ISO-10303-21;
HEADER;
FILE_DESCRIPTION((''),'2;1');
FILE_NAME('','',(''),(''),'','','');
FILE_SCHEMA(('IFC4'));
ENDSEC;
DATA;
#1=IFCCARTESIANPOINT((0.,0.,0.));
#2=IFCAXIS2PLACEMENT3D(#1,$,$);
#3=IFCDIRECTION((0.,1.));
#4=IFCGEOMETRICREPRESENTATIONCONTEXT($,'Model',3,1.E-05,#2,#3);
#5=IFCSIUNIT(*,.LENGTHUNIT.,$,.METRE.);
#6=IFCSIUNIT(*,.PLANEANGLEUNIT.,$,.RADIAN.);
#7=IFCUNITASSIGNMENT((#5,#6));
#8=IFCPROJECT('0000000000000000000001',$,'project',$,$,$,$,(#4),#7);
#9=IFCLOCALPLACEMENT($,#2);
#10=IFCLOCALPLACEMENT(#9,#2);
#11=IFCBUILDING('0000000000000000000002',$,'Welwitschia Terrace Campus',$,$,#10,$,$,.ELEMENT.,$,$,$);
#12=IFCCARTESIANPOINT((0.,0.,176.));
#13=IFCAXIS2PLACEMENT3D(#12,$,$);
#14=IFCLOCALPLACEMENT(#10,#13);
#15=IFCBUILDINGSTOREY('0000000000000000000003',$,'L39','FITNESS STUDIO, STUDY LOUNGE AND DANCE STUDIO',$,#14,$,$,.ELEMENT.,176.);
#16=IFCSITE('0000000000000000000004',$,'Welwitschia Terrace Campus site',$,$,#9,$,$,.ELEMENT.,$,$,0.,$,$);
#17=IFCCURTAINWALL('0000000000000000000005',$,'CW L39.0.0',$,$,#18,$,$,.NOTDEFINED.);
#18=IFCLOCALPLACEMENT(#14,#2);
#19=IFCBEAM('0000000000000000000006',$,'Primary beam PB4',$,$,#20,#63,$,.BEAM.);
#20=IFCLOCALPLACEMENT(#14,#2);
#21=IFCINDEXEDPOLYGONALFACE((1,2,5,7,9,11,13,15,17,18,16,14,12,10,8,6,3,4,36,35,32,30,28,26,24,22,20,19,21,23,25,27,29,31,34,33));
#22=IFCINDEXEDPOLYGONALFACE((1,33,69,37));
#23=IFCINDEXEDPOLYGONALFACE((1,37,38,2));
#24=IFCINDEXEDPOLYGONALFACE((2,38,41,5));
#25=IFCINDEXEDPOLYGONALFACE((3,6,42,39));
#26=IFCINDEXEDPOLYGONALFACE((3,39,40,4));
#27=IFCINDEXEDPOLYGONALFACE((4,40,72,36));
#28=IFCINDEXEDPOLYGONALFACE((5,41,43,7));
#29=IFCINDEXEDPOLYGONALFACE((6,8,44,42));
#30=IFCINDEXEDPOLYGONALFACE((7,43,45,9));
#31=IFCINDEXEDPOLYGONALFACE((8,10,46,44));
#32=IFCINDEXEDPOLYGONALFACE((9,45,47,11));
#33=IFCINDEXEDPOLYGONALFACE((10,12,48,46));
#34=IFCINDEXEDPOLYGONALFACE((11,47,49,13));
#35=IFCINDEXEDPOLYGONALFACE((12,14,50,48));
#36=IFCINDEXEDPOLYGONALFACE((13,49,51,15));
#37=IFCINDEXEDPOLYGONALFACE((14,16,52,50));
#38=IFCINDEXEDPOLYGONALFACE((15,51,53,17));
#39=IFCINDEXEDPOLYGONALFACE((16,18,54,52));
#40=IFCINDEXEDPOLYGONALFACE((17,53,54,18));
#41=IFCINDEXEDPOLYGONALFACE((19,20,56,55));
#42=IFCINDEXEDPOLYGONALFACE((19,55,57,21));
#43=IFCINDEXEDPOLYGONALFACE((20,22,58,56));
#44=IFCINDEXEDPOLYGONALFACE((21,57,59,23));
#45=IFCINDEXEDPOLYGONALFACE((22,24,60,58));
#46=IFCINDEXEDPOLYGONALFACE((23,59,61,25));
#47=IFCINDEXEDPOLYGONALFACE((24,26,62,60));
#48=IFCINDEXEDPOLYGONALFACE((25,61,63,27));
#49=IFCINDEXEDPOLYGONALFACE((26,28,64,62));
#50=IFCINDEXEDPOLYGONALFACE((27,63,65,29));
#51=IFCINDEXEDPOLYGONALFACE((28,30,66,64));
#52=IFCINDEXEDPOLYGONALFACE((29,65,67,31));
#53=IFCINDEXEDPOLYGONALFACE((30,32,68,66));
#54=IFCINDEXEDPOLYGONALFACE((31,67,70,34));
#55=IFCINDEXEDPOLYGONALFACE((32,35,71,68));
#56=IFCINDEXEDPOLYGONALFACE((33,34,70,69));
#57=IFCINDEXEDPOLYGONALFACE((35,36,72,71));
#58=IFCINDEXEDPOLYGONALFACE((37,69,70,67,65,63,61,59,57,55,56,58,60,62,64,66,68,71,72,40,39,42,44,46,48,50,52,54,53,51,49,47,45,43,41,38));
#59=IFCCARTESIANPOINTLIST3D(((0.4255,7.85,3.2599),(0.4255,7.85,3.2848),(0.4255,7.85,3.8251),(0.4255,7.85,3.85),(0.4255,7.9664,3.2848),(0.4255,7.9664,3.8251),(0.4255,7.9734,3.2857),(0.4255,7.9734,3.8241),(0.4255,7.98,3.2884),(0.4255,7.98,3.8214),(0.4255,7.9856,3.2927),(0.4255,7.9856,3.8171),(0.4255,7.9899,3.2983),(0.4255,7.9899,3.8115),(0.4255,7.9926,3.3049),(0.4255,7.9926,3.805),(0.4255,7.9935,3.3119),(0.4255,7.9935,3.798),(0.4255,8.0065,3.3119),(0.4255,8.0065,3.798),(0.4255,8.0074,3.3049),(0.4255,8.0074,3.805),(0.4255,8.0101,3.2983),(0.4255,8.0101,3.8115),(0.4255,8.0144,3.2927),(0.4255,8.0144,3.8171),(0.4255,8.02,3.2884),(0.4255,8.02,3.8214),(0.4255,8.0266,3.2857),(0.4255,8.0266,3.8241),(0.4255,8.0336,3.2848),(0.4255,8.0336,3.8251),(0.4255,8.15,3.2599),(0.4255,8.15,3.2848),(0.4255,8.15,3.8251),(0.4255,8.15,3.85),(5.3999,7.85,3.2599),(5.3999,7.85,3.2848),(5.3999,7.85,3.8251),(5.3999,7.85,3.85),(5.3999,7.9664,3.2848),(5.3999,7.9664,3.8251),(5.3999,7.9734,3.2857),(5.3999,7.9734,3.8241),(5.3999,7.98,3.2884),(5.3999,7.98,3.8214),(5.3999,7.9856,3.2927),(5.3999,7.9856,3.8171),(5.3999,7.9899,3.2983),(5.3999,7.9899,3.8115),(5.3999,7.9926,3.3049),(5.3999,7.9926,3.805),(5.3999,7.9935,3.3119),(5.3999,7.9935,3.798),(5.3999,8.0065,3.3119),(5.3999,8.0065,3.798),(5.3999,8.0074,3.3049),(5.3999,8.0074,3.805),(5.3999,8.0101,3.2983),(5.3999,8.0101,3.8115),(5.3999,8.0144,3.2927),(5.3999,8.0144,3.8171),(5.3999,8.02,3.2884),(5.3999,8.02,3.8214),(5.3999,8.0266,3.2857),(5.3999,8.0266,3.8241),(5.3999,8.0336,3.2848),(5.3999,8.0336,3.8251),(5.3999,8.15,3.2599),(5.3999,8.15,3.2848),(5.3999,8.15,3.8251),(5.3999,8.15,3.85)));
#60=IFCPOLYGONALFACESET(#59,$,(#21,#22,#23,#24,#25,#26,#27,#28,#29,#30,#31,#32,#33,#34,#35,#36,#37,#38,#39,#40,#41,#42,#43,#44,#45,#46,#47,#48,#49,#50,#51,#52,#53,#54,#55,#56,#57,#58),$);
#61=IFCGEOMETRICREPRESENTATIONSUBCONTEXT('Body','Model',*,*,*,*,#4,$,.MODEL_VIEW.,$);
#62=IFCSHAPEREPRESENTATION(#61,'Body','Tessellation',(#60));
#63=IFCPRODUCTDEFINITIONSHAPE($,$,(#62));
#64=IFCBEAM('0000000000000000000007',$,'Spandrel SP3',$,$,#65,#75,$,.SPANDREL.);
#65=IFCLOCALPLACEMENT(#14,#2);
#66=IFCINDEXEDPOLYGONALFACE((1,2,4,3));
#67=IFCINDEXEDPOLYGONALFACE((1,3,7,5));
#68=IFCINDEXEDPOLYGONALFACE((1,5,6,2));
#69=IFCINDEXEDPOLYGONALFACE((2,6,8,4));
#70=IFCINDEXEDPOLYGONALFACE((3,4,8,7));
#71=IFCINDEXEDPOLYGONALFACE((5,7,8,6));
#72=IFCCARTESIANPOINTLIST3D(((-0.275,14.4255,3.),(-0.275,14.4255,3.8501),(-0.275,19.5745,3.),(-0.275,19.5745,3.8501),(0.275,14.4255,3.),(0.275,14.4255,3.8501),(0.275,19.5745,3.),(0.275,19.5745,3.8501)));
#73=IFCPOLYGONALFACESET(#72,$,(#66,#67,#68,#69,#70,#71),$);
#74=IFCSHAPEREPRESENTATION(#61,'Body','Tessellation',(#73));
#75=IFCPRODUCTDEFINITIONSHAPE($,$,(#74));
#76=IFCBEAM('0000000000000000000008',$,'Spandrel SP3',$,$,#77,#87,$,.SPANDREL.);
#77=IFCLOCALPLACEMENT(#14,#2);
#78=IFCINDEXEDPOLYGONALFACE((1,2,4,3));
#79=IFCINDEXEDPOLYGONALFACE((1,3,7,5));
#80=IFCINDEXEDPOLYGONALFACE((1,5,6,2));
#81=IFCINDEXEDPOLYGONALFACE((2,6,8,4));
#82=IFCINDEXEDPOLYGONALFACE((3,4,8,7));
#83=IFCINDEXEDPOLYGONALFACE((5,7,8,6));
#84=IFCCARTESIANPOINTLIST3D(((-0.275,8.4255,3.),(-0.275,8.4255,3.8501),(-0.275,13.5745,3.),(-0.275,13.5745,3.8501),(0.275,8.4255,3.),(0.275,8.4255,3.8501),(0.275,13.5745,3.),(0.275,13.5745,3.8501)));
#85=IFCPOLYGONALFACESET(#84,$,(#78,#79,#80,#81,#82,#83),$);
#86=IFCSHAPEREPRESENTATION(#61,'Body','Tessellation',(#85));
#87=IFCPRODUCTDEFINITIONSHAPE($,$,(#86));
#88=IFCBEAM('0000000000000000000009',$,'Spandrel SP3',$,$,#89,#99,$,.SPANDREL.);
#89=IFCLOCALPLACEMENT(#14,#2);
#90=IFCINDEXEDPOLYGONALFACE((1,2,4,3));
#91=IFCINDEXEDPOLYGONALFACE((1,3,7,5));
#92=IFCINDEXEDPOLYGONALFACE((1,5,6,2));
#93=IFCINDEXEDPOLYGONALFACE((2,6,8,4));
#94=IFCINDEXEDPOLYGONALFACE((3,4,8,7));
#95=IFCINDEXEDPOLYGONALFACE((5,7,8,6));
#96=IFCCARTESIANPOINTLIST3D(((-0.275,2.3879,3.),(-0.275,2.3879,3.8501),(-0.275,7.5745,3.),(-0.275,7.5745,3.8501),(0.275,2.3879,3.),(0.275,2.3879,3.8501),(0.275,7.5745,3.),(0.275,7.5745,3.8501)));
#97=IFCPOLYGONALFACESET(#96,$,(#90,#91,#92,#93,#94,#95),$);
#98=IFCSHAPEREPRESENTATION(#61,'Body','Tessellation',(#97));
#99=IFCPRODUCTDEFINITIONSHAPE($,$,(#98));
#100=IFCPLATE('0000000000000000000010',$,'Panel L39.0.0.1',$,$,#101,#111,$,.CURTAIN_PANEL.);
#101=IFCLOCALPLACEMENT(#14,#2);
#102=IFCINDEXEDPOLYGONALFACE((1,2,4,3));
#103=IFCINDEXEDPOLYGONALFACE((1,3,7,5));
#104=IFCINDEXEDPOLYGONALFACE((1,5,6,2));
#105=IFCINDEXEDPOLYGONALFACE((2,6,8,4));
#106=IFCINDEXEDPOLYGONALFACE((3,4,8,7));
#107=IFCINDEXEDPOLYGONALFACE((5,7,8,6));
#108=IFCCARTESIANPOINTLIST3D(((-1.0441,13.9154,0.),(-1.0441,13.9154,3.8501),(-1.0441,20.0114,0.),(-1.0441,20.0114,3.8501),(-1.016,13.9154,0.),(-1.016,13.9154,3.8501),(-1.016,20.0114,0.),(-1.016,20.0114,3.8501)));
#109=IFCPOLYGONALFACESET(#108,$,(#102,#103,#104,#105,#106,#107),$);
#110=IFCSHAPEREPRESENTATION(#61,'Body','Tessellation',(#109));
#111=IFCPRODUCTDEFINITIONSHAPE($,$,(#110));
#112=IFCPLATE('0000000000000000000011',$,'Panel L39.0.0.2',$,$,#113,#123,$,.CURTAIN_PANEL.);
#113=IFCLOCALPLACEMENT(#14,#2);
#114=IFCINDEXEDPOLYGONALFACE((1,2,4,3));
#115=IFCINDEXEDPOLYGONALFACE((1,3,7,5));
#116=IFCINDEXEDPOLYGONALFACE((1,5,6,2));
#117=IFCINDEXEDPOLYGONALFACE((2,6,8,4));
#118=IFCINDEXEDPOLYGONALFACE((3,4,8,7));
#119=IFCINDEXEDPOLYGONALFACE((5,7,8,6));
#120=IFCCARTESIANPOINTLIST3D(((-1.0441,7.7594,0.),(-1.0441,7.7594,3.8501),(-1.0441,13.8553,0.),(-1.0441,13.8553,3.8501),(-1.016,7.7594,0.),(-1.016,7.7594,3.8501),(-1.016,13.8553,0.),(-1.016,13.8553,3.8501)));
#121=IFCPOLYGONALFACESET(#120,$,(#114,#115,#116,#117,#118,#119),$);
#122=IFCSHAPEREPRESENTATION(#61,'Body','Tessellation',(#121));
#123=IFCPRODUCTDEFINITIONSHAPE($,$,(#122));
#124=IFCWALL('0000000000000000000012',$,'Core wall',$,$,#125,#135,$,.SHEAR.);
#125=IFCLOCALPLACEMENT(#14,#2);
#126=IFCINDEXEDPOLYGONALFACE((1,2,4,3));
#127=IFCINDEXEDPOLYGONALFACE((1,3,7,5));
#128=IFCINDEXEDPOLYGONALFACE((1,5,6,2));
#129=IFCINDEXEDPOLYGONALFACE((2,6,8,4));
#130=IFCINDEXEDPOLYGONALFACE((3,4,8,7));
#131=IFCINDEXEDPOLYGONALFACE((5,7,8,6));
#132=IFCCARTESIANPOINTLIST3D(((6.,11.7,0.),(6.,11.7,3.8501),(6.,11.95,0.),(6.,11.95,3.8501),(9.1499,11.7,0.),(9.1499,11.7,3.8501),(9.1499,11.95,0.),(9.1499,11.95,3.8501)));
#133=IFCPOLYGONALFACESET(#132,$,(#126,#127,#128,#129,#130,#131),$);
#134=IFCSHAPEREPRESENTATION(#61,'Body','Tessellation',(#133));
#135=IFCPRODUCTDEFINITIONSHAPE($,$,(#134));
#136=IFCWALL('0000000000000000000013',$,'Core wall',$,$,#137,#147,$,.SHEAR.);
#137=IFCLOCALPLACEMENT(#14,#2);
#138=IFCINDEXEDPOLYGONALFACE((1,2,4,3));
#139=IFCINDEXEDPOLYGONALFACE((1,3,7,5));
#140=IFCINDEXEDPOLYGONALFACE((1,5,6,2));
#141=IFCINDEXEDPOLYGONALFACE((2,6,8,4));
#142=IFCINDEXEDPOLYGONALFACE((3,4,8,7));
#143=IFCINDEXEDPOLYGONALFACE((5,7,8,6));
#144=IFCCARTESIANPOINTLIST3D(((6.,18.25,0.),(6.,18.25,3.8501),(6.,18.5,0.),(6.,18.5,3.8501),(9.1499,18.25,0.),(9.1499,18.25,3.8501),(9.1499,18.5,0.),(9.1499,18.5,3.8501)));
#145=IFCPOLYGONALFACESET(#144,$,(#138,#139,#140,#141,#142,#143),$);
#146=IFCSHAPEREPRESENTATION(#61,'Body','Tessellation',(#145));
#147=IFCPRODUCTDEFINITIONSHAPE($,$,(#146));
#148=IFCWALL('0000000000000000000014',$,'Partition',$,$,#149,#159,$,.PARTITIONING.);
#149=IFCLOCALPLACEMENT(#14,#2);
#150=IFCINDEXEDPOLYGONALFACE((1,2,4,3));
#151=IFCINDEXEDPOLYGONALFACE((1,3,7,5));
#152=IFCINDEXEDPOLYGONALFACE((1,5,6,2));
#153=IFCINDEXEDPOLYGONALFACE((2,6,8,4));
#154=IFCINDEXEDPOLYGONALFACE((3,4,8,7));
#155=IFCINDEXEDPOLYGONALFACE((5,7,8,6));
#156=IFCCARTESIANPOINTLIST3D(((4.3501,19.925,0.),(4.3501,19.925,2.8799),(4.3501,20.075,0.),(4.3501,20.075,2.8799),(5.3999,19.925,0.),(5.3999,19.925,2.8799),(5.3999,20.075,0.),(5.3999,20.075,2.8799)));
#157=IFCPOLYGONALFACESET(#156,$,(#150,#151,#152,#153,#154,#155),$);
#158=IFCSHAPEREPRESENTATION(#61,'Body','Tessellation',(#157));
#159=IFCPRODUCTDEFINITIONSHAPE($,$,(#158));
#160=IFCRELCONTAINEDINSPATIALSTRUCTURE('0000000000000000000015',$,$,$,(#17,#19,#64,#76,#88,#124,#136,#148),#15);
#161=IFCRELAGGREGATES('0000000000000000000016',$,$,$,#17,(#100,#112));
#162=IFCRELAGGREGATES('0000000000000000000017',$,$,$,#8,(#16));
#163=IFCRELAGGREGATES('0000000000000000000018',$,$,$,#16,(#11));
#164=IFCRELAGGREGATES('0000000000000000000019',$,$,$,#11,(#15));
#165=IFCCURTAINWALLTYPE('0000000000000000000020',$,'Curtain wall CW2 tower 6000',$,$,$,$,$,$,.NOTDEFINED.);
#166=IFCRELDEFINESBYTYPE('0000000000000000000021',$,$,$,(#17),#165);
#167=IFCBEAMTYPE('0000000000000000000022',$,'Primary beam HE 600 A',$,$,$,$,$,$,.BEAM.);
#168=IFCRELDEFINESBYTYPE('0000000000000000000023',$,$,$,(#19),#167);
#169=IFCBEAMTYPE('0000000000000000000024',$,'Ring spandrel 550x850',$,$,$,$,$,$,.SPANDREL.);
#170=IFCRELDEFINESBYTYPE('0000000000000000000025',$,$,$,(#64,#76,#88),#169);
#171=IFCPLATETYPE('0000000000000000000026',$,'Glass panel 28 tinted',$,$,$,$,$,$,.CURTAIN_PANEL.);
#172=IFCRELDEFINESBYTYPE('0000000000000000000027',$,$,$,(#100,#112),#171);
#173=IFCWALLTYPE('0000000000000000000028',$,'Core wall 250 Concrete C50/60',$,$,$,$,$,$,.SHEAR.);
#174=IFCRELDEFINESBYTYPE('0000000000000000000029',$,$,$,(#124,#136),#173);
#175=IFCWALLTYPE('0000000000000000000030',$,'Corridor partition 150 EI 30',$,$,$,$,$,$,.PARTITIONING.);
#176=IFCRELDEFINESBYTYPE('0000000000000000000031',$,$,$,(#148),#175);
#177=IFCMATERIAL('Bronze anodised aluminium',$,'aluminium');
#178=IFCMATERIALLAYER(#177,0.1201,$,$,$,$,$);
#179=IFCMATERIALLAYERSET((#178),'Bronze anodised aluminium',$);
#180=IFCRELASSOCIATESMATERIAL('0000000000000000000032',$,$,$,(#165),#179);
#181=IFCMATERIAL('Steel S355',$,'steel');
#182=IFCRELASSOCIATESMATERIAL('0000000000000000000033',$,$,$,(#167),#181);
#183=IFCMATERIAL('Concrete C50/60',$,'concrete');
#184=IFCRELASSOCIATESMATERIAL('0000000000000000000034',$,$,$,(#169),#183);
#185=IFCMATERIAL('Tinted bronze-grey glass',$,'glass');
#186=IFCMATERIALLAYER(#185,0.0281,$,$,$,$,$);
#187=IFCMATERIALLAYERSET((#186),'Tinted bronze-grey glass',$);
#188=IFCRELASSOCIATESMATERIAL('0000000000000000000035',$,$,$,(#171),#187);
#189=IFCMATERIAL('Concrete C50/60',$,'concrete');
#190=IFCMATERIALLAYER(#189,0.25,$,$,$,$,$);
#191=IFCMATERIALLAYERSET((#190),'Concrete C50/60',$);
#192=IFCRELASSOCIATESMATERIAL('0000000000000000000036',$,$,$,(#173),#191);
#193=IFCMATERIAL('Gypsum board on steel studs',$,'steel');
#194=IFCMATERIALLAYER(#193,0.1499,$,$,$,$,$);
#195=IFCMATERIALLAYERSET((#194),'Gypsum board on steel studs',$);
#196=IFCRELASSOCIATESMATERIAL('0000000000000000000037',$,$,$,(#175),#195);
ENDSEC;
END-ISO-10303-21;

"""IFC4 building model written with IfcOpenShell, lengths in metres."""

from ifc_helpers import new_model, si_unit, direction, frame, frame_2d, origin, origin_2d, place, context, subcontext, project, spatial, rectangle, i_section, extrude, material, layer, layer_set, material_profile, profile_set, type_object, element, aggregate, save


model = new_model("IFC4")

# Units and contexts
model_context = context("Model", 3, precision=1e-05, world=origin(), true_north=direction((0.0, 1.0)))
body_context = subcontext(model_context, "Body", "Model", "MODEL_VIEW")
ifc_project = project(units=[si_unit("LENGTHUNIT", "METRE"), si_unit("PLANEANGLEUNIT", "RADIAN")], contexts=[model_context])

# Site, building, storey
site_placement = place(None, origin())
site = spatial("IfcSite", under=ifc_project, at=site_placement, Name="Welwitschia Terrace Campus site", CompositionType="ELEMENT", RefElevation=0.0)
building_placement = place(site_placement, origin())
building = spatial("IfcBuilding", under=site, at=building_placement, Name="Welwitschia Terrace Campus", CompositionType="ELEMENT")
storey_placement = place(building_placement, frame((0.0, 0.0, 176.0)))
storey = spatial("IfcBuildingStorey", under=building, at=storey_placement, Name="L39", Description="FITNESS STUDIO, STUDY LOUNGE AND DANCE STUDIO", CompositionType="ELEMENT", Elevation=176.0)

# Curtain wall
ifc_material_1 = material(Name="Bronze anodised aluminium", Category="aluminium")
ifc_layer_1 = layer(ifc_material_1, 0.1201)
ifc_layer_set_1 = layer_set([ifc_layer_1], Name="Bronze anodised aluminium")
curtain_wall_type = type_object("IfcCurtainWallType", Name="Curtain wall CW2 tower 6000", PredefinedType="NOTDEFINED", material=ifc_layer_set_1)
curtain_wall_placement = place(storey_placement, origin())
curtain_wall = element("IfcCurtainWall", 1, at=curtain_wall_placement, inside=storey, type_object=curtain_wall_type, Name="CW L39.0.0", PredefinedType="NOTDEFINED")

# Beams
ifc_material_2 = material(Name="Steel S355", Category="steel")
ifc_material_profile_1 = material_profile(ifc_material_2, i_section(OverallWidth=0.3, OverallDepth=0.5901, WebThickness=0.0129, FlangeThickness=0.0249, FilletRadius=0.0271, at=origin_2d()))
ifc_profile_set_1 = profile_set([ifc_material_profile_1], Name="Steel S355")
beam_type_1 = type_object("IfcBeamType", Name="Primary beam HE 600 A", PredefinedType="BEAM", material=ifc_profile_set_1)
for number, where, z_axis, x_axis, name in (
    (2, (0.4255, 8.0, 3.5549), (1.0, 0.0, 0.0), (0.0, 1.0, 0.0), "Primary beam PB4"),
):
    element("IfcBeam", number, at=place(storey_placement, frame(where, z_axis=z_axis, x_axis=x_axis)), inside=storey, type_object=beam_type_1, Name=name, PredefinedType="BEAM", context=body_context, shape_type="SweptSolid", body=[
        extrude(i_section(OverallWidth=0.3, OverallDepth=0.5901, WebThickness=0.0129, FlangeThickness=0.0249, FilletRadius=0.0271, at=origin_2d()), origin(), (0.0, 0.0, 1.0), 4.9744),
    ])
ifc_material_3 = material(Name="Concrete C50/60", Category="concrete")
ifc_material_profile_2 = material_profile(ifc_material_3, rectangle(XDim=0.55, YDim=0.8501, at=origin_2d()))
ifc_profile_set_2 = profile_set([ifc_material_profile_2], Name="Concrete C50/60")
beam_type_2 = type_object("IfcBeamType", Name="Ring spandrel 550x850", PredefinedType="SPANDREL", material=ifc_profile_set_2)
for number, where, z_axis, x_axis, name in (
    (3, (0.0, 19.5745, 3.425), (0.0, -1.0, 0.0), (1.0, 0.0, 0.0), "Spandrel SP3"),
    (4, (0.0, 13.5745, 3.425), (0.0, -1.0, 0.0), (1.0, 0.0, 0.0), "Spandrel SP3"),
):
    element("IfcBeam", number, at=place(storey_placement, frame(where, z_axis=z_axis, x_axis=x_axis)), inside=storey, type_object=beam_type_2, Name=name, PredefinedType="SPANDREL", context=body_context, shape_type="SweptSolid", body=[
        extrude(rectangle(XDim=0.55, YDim=0.8501, at=origin_2d()), origin(), (0.0, 0.0, 1.0), 5.1489),
    ])
beam_1_placement = place(storey_placement, frame((0.0, 7.5745, 3.425), z_axis=(0.0, -1.0, 0.0), x_axis=(1.0, 0.0, 0.0)))
element("IfcBeam", 5, at=beam_1_placement, inside=storey, type_object=beam_type_2, Name="Spandrel SP3", PredefinedType="SPANDREL", context=body_context, shape_type="SweptSolid", body=[
    extrude(rectangle(XDim=0.55, YDim=0.8501, at=origin_2d()), origin(), (0.0, 0.0, 1.0), 5.1865),
])

# Plates
ifc_material_4 = material(Name="Tinted bronze-grey glass", Category="glass")
ifc_layer_2 = layer(ifc_material_4, 0.0281)
ifc_layer_set_2 = layer_set([ifc_layer_2], Name="Tinted bronze-grey glass")
plate_type = type_object("IfcPlateType", Name="Glass panel 28 tinted", PredefinedType="CURTAIN_PANEL", material=ifc_layer_set_2)
plate_1_placement = place(storey_placement, frame((-1.03, 16.9634, 0.0), z_axis=(0.0, 0.0, 1.0), x_axis=(0.0, -1.0, 0.0)))
plate_1 = element("IfcPlate", 6, at=plate_1_placement, type_object=plate_type, Name="Panel L39.0.0.1", PredefinedType="CURTAIN_PANEL", context=body_context, shape_type="SweptSolid", body=[
    extrude(rectangle(XDim=6.0959, YDim=0.0281, at=origin_2d()), origin(), (0.0, 0.0, 1.0), 3.8501),
])
plate_2_placement = place(storey_placement, frame((-1.03, 10.8074, 0.0), z_axis=(0.0, 0.0, 1.0), x_axis=(0.0, -1.0, 0.0)))
plate_2 = element("IfcPlate", 7, at=plate_2_placement, type_object=plate_type, Name="Panel L39.0.0.2", PredefinedType="CURTAIN_PANEL", context=body_context, shape_type="SweptSolid", body=[
    extrude(rectangle(XDim=6.0959, YDim=0.0281, at=origin_2d()), origin(), (0.0, 0.0, 1.0), 3.8501),
])
aggregate(curtain_wall, [plate_1, plate_2])

# Walls
ifc_material_5 = material(Name="Concrete C50/60", Category="concrete")
ifc_layer_3 = layer(ifc_material_5, 0.25)
ifc_layer_set_3 = layer_set([ifc_layer_3], Name="Concrete C50/60")
wall_type_1 = type_object("IfcWallType", Name="Core wall 250 Concrete C50/60", PredefinedType="SHEAR", material=ifc_layer_set_3)
for number, where, z_axis, x_axis, name in (
    (8, (6.0, 11.825, 0.0), (0.0, 0.0, 1.0), (1.0, 0.0, 0.0), "Core wall"),
    (9, (6.0, 18.375, 0.0), (0.0, 0.0, 1.0), (1.0, 0.0, 0.0), "Core wall"),
):
    element("IfcWall", number, at=place(storey_placement, frame(where, z_axis=z_axis, x_axis=x_axis)), inside=storey, type_object=wall_type_1, Name=name, PredefinedType="SHEAR", context=body_context, shape_type="SweptSolid", body=[
        extrude(rectangle(XDim=3.1499, YDim=0.25, at=frame_2d((1.575, 0.0))), origin(), (0.0, 0.0, 1.0), 3.8501),
    ])
ifc_material_6 = material(Name="Gypsum board on steel studs", Category="steel")
ifc_layer_4 = layer(ifc_material_6, 0.1499)
ifc_layer_set_4 = layer_set([ifc_layer_4], Name="Gypsum board on steel studs")
wall_type_2 = type_object("IfcWallType", Name="Corridor partition 150 EI 30", PredefinedType="PARTITIONING", material=ifc_layer_set_4)
wall_placement = place(storey_placement, frame((4.3501, 20.0, 0.0), z_axis=(0.0, 0.0, 1.0), x_axis=(1.0, 0.0, 0.0)))
element("IfcWall", 10, at=wall_placement, inside=storey, type_object=wall_type_2, Name="Partition", PredefinedType="PARTITIONING", context=body_context, shape_type="SweptSolid", body=[
    extrude(rectangle(XDim=1.0498, YDim=0.1499, at=frame_2d((0.5249, 0.0))), origin(), (0.0, 0.0, 1.0), 2.8799),
])

save(model, "model.ifc")
